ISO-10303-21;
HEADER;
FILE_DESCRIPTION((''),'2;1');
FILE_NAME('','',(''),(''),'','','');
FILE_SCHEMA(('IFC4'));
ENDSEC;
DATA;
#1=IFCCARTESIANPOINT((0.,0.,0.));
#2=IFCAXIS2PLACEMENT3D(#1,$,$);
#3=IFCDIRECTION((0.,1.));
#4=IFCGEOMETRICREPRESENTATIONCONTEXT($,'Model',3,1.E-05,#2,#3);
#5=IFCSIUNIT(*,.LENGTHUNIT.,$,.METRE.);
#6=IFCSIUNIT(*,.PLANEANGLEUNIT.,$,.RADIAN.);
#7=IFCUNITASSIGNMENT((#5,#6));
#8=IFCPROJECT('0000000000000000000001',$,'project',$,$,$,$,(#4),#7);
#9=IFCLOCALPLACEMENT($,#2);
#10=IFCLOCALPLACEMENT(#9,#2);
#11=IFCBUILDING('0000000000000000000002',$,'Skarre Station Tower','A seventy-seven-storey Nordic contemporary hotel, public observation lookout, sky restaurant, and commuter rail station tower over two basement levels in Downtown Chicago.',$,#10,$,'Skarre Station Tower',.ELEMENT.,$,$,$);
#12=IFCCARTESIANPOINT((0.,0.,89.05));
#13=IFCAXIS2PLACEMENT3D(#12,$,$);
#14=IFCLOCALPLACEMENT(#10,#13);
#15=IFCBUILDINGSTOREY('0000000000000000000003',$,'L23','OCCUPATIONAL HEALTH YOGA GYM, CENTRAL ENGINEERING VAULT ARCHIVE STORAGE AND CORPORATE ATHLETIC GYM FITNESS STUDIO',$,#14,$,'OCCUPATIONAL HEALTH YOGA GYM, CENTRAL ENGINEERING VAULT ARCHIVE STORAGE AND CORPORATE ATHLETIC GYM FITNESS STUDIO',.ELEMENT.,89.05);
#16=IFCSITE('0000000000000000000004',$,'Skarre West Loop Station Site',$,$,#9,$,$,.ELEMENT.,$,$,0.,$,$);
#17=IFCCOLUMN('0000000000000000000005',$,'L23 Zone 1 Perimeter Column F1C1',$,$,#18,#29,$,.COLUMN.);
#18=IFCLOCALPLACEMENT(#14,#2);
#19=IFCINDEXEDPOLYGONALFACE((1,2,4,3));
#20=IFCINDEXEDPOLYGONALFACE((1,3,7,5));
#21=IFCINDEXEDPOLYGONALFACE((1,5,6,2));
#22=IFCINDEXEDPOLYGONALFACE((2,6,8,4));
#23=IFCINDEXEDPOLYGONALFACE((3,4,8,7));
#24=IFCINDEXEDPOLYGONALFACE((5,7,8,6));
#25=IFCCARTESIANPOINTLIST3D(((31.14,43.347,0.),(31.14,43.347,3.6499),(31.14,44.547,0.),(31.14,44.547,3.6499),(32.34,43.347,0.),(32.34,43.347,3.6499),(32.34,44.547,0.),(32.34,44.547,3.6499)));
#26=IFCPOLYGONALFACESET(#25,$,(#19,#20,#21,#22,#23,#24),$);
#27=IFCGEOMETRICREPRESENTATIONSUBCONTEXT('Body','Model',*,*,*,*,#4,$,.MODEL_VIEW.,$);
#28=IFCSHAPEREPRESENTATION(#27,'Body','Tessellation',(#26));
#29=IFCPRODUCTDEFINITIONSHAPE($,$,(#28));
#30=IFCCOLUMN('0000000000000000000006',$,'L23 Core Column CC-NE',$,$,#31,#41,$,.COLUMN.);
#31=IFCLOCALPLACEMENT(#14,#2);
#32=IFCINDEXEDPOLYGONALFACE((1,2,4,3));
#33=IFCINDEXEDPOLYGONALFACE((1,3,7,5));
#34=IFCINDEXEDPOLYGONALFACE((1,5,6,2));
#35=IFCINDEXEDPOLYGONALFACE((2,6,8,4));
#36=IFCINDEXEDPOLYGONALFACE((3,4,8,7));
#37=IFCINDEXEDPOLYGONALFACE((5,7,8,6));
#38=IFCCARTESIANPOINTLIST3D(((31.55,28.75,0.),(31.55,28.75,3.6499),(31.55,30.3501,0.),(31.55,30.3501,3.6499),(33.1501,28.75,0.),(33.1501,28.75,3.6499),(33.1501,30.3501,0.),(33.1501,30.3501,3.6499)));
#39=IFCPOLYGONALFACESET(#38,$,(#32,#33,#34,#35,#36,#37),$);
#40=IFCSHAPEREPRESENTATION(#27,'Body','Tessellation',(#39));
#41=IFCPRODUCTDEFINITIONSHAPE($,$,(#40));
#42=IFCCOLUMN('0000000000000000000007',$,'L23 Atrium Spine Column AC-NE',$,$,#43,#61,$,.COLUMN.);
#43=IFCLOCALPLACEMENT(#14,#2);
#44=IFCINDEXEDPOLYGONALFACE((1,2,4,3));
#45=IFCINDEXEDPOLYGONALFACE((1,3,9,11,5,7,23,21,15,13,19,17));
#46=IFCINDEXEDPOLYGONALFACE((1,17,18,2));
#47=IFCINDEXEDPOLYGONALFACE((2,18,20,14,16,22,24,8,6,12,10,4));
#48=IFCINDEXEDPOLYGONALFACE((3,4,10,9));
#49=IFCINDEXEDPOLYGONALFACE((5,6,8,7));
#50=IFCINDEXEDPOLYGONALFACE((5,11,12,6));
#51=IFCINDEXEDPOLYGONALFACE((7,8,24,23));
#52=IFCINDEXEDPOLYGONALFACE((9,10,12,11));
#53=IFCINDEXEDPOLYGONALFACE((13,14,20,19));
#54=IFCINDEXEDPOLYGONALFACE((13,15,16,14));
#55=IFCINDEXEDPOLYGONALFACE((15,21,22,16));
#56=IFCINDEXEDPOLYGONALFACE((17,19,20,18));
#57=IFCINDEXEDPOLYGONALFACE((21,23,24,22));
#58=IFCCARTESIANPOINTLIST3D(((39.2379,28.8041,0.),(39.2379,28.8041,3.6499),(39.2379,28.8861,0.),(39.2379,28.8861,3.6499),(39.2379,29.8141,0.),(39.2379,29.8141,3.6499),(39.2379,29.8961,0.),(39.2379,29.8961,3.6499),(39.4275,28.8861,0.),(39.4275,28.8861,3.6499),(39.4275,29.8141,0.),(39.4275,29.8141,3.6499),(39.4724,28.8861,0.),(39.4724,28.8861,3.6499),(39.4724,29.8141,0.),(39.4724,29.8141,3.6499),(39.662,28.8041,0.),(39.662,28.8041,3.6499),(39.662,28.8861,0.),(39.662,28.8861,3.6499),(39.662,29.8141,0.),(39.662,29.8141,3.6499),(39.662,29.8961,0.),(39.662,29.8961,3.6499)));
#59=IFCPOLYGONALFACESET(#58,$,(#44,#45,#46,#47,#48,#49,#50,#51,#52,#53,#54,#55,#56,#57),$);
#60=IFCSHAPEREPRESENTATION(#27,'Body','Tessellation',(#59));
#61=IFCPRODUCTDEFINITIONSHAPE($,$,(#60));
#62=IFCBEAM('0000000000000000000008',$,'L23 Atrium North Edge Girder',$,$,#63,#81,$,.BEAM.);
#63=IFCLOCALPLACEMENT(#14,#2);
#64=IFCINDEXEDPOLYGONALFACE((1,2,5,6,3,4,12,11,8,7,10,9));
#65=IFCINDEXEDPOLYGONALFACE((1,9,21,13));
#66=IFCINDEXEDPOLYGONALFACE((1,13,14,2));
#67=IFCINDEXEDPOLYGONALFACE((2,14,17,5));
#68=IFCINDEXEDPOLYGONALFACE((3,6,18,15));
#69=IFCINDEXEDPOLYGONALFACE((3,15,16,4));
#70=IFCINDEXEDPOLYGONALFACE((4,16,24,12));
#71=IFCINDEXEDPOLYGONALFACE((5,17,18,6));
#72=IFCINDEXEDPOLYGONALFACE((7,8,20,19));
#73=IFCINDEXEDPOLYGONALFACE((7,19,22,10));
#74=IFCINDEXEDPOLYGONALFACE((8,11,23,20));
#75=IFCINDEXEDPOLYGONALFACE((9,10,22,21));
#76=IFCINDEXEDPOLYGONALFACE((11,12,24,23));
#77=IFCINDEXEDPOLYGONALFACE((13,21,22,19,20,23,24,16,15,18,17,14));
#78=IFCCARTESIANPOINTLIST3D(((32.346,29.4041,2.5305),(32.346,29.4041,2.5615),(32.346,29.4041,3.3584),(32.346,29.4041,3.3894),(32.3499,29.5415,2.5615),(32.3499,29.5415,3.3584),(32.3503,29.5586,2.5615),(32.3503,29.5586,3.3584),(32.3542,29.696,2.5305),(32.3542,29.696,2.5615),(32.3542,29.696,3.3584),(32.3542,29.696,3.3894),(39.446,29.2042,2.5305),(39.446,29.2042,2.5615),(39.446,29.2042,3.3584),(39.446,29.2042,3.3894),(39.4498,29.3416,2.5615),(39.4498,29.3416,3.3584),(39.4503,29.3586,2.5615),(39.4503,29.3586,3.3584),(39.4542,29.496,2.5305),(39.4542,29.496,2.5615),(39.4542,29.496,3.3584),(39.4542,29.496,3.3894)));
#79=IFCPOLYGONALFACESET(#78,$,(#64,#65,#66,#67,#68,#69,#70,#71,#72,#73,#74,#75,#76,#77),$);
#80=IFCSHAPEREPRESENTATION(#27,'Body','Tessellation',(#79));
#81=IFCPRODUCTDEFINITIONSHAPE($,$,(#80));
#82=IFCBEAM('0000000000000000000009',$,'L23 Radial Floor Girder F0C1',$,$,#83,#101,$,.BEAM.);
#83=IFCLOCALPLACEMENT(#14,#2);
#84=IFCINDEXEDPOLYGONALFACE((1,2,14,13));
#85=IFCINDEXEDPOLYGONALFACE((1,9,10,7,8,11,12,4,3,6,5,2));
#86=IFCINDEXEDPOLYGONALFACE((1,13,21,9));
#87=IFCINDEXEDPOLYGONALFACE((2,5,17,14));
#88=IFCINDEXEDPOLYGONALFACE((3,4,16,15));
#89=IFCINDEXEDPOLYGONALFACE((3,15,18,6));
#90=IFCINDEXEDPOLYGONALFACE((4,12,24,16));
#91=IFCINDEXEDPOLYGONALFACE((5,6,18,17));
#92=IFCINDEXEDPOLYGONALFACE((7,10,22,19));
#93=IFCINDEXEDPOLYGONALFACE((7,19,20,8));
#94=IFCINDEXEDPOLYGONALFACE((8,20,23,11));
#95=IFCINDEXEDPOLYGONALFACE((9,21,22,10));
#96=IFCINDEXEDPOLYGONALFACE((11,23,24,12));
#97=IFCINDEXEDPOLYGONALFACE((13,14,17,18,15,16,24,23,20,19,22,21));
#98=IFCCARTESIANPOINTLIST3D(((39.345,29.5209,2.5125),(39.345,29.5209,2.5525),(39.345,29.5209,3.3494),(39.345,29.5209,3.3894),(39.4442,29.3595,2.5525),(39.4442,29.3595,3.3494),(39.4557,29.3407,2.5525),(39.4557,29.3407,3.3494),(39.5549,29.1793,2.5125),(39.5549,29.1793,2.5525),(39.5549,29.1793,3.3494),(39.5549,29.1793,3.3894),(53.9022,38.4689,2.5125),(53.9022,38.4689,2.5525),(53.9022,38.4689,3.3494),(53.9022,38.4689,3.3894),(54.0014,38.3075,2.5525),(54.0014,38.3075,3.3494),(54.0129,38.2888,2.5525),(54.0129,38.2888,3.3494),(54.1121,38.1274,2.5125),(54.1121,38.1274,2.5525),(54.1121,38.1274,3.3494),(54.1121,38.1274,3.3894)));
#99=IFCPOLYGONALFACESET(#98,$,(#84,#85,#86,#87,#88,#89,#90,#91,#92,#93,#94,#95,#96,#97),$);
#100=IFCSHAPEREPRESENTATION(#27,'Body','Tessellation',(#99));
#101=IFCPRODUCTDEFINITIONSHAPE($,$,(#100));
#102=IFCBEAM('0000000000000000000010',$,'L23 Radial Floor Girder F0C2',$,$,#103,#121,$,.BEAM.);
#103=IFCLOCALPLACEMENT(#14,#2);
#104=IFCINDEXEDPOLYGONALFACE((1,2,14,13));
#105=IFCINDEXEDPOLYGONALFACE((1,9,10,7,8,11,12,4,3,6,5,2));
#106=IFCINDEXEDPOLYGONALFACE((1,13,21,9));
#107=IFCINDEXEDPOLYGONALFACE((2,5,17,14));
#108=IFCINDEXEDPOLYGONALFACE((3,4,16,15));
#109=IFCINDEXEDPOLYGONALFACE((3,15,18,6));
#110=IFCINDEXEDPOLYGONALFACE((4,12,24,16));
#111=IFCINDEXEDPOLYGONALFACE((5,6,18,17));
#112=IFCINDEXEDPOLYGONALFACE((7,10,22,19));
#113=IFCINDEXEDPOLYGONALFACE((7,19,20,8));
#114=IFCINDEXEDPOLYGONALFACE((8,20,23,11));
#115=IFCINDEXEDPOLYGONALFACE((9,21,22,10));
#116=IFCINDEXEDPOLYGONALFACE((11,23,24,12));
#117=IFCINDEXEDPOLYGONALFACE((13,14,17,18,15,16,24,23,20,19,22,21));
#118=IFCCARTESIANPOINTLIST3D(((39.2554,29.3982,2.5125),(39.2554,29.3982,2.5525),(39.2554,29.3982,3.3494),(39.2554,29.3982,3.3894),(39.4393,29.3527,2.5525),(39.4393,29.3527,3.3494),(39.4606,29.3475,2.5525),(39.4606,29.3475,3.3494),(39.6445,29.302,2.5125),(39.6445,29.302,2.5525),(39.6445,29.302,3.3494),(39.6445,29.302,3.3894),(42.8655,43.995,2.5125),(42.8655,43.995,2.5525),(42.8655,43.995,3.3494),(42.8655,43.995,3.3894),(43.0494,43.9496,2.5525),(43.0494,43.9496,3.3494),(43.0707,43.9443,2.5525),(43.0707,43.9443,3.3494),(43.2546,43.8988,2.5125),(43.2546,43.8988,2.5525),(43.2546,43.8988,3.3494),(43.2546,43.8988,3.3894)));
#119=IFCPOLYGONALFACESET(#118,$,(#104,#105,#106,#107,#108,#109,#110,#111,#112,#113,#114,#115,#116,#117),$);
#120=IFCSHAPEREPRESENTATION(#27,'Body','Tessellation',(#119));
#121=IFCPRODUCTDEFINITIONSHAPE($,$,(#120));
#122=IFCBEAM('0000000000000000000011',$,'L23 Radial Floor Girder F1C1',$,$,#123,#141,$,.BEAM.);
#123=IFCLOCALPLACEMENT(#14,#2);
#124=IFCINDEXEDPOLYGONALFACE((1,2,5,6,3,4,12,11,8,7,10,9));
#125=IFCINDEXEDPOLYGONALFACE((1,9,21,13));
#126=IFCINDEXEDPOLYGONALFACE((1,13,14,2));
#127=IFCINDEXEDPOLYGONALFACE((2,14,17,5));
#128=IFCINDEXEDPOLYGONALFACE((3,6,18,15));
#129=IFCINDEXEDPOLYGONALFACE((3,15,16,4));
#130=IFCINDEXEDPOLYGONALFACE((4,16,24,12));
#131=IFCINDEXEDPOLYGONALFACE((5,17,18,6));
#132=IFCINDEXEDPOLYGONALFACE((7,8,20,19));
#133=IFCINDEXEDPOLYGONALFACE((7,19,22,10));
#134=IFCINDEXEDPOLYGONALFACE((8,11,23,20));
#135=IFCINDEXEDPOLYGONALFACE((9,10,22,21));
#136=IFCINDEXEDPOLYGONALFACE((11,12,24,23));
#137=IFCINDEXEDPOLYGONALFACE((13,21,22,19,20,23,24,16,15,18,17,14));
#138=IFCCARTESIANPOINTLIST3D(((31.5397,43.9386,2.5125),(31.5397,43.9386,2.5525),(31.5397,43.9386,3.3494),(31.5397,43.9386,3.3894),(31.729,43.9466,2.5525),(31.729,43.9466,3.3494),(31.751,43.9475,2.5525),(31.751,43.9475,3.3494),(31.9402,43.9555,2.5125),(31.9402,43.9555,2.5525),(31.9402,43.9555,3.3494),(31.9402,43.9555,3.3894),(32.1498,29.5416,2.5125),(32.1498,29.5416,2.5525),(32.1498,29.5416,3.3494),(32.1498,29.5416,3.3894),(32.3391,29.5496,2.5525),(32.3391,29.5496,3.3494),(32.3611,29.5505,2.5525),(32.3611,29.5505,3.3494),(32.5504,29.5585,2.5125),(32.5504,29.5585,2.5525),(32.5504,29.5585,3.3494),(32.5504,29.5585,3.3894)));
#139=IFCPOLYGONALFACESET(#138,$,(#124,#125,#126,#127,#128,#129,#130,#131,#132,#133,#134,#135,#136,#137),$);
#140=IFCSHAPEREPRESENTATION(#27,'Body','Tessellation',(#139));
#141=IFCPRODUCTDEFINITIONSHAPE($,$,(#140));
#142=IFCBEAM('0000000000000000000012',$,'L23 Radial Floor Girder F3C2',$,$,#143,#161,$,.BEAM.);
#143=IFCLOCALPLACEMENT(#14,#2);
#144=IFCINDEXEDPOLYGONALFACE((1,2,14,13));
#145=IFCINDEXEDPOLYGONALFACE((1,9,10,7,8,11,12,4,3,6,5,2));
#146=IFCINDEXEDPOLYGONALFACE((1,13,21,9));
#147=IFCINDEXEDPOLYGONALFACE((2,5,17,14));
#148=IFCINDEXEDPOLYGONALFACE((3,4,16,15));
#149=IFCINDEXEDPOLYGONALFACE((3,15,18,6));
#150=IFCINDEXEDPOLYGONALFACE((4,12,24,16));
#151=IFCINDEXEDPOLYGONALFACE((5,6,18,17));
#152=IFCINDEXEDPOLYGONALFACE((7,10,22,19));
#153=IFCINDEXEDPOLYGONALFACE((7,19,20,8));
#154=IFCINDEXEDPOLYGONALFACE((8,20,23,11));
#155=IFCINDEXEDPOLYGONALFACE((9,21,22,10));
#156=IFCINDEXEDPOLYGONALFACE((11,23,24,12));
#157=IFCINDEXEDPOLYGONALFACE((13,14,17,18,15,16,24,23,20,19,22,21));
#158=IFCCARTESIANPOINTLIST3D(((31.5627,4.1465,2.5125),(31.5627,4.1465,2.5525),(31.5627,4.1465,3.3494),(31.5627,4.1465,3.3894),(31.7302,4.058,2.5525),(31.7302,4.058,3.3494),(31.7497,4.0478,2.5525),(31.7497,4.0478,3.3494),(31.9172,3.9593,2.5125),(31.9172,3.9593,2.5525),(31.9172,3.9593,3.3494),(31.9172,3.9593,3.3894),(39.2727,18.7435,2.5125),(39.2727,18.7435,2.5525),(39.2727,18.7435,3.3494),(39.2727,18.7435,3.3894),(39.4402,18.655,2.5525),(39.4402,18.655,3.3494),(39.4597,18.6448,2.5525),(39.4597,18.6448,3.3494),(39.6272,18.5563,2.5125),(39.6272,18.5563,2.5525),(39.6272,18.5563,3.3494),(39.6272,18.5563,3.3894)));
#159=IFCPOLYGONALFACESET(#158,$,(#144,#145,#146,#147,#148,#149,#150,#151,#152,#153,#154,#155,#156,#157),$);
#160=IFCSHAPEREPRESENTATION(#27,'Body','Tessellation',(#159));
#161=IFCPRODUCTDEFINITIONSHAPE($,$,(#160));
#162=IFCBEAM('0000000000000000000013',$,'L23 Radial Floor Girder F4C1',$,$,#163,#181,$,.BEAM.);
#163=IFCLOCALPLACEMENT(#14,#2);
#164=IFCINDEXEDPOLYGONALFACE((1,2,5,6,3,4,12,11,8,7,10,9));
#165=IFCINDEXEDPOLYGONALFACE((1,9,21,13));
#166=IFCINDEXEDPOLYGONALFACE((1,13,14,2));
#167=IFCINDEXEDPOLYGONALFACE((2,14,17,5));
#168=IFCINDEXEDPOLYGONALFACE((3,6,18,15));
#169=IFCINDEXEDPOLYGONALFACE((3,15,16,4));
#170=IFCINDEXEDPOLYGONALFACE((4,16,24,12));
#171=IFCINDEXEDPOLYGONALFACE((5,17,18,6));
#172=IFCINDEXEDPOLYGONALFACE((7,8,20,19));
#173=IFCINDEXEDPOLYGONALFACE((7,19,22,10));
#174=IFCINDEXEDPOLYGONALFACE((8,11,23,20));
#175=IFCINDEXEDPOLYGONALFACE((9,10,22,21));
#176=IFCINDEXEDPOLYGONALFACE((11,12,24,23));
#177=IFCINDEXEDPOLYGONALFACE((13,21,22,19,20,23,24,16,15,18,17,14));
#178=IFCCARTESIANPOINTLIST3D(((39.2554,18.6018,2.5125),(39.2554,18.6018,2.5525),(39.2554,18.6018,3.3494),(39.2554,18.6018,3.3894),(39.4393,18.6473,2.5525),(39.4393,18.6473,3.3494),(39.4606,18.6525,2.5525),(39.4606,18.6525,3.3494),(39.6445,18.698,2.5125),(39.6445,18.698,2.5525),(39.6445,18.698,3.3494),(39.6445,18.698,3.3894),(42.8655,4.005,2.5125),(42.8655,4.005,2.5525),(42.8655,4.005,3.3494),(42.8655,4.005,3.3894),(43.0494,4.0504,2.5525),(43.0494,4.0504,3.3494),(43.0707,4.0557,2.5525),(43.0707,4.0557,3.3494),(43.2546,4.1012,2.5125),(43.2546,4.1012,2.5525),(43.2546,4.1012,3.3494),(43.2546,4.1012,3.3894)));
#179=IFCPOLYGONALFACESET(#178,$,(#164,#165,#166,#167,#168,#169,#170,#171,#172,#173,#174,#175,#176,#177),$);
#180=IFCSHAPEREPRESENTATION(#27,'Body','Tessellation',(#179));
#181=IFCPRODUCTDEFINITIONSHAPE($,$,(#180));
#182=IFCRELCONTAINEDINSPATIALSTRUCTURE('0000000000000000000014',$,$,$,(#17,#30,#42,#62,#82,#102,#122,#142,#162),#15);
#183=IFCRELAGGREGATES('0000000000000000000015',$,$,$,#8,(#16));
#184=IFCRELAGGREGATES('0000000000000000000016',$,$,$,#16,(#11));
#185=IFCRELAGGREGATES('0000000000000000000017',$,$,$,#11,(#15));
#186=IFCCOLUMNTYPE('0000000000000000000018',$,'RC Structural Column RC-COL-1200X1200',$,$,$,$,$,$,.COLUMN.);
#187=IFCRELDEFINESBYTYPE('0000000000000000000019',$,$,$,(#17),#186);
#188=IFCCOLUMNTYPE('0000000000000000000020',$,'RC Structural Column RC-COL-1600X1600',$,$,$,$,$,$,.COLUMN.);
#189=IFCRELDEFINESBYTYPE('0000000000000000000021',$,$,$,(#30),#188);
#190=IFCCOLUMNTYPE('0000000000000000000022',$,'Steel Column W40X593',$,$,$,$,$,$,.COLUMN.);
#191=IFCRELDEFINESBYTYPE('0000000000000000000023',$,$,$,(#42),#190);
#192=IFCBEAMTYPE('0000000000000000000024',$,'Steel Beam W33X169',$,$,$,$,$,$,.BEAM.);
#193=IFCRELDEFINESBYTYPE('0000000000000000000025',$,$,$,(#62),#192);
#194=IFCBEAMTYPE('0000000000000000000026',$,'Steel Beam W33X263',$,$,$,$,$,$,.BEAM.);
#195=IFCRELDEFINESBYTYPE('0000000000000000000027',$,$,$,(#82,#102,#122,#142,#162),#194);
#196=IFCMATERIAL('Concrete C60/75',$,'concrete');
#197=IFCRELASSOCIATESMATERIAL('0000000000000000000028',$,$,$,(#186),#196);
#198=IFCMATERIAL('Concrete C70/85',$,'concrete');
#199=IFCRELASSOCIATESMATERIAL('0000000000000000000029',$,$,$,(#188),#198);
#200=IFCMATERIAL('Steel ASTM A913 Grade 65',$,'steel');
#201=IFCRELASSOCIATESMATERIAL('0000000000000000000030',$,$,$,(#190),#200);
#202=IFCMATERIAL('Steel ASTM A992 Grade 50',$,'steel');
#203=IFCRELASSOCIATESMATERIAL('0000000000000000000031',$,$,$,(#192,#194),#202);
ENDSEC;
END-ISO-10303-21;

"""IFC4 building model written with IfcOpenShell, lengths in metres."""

from ifc_helpers import new_model, si_unit, direction, frame, origin, origin_2d, place, context, subcontext, project, spatial, rectangle, i_section, extrude, material, material_profile, profile_set, type_object, element, save


model = new_model("IFC4")

# Units and contexts
model_context = context("Model", 3, precision=1e-05, world=origin(), true_north=direction((0.0, 1.0)))
body_context = subcontext(model_context, "Body", "Model", "MODEL_VIEW")
ifc_project = project(units=[si_unit("LENGTHUNIT", "METRE"), si_unit("PLANEANGLEUNIT", "RADIAN")], contexts=[model_context])

# Site, building, storey
site_placement = place(None, origin())
site = spatial("IfcSite", under=ifc_project, at=site_placement, Name="Skarre West Loop Station Site", CompositionType="ELEMENT", RefElevation=0.0)
building_placement = place(site_placement, origin())
building = spatial("IfcBuilding", under=site, at=building_placement, Name="Skarre Station Tower", Description="A seventy-seven-storey Nordic contemporary hotel, public observation lookout, sky restaurant, and commuter rail station tower over two basement levels in Downtown Chicago.", LongName="Skarre Station Tower", CompositionType="ELEMENT")
storey_placement = place(building_placement, frame((0.0, 0.0, 89.05)))
storey = spatial("IfcBuildingStorey", under=building, at=storey_placement, Name="L23", Description="OCCUPATIONAL HEALTH YOGA GYM, CENTRAL ENGINEERING VAULT ARCHIVE STORAGE AND CORPORATE ATHLETIC GYM FITNESS STUDIO", LongName="OCCUPATIONAL HEALTH YOGA GYM, CENTRAL ENGINEERING VAULT ARCHIVE STORAGE AND CORPORATE ATHLETIC GYM FITNESS STUDIO", CompositionType="ELEMENT", Elevation=89.05)

# Columns
ifc_material_1 = material(Name="Concrete C60/75", Category="concrete")
ifc_material_profile_1 = material_profile(ifc_material_1, rectangle(XDim=1.2, YDim=1.2, at=origin_2d()), Name="Concrete C60/75")
ifc_profile_set_1 = profile_set([ifc_material_profile_1], Name="Concrete C60/75")
column_type_1 = type_object("IfcColumnType", Name="RC Structural Column RC-COL-1200X1200", PredefinedType="COLUMN", material=ifc_profile_set_1)
column_1_placement = place(storey_placement, frame((31.74, 43.947, 0.0), z_axis=(0.0, 0.0, 1.0), x_axis=(1.0, 0.0, 0.0)))
element("IfcColumn", 1, at=column_1_placement, inside=storey, type_object=column_type_1, Name="L23 Zone 1 Perimeter Column F1C1", PredefinedType="COLUMN", context=body_context, shape_type="SweptSolid", body=[
    extrude(rectangle(XDim=1.2, YDim=1.2, at=origin_2d()), origin(), (0.0, 0.0, 1.0), 3.6499),
])
ifc_material_2 = material(Name="Concrete C70/85", Category="concrete")
ifc_material_profile_2 = material_profile(ifc_material_2, rectangle(XDim=1.6001, YDim=1.6001, at=origin_2d()), Name="Concrete C70/85")
ifc_profile_set_2 = profile_set([ifc_material_profile_2], Name="Concrete C70/85")
column_type_2 = type_object("IfcColumnType", Name="RC Structural Column RC-COL-1600X1600", PredefinedType="COLUMN", material=ifc_profile_set_2)
column_2_placement = place(storey_placement, frame((32.3501, 29.55, 0.0), z_axis=(0.0, 0.0, 1.0), x_axis=(1.0, 0.0, 0.0)))
element("IfcColumn", 2, at=column_2_placement, inside=storey, type_object=column_type_2, Name="L23 Core Column CC-NE", PredefinedType="COLUMN", context=body_context, shape_type="SweptSolid", body=[
    extrude(rectangle(XDim=1.6001, YDim=1.6001, at=origin_2d()), origin(), (0.0, 0.0, 1.0), 3.6499),
])
ifc_material_3 = material(Name="Steel ASTM A913 Grade 65", Category="steel")
ifc_material_profile_3 = material_profile(ifc_material_3, i_section(OverallWidth=0.4241, OverallDepth=1.092, WebThickness=0.0449, FlangeThickness=0.082, at=origin_2d()), Name="Steel ASTM A913 Grade 65")
ifc_profile_set_3 = profile_set([ifc_material_profile_3], Name="Steel ASTM A913 Grade 65")
column_type_3 = type_object("IfcColumnType", Name="Steel Column W40X593", PredefinedType="COLUMN", material=ifc_profile_set_3)
column_3_placement = place(storey_placement, frame((39.45, 29.3501, 0.0), z_axis=(0.0, 0.0, 1.0), x_axis=(1.0, 0.0, 0.0)))
element("IfcColumn", 3, at=column_3_placement, inside=storey, type_object=column_type_3, Name="L23 Atrium Spine Column AC-NE", PredefinedType="COLUMN", context=body_context, shape_type="SweptSolid", body=[
    extrude(i_section(OverallWidth=0.4241, OverallDepth=1.092, WebThickness=0.0449, FlangeThickness=0.082, at=origin_2d()), origin(), (0.0, 0.0, 1.0), 3.6499),
])

# Beams
ifc_material_4 = material(Name="Steel ASTM A992 Grade 50", Category="steel")
ifc_material_profile_4 = material_profile(ifc_material_4, i_section(OverallWidth=0.292, OverallDepth=0.8589, WebThickness=0.0171, FlangeThickness=0.031, at=origin_2d()), Name="Steel ASTM A992 Grade 50")
ifc_profile_set_4 = profile_set([ifc_material_profile_4], Name="Steel ASTM A992 Grade 50")
beam_type_1 = type_object("IfcBeamType", Name="Steel Beam W33X169", PredefinedType="BEAM", material=ifc_profile_set_4)
beam_1_placement = place(storey_placement, frame((32.3501, 29.55, 2.96), z_axis=(0.999604, -0.028152, 0.0), x_axis=(0.028152, 0.999604, 0.0)))
element("IfcBeam", 4, at=beam_1_placement, inside=storey, type_object=beam_type_1, Name="L23 Atrium North Edge Girder", PredefinedType="BEAM", context=body_context, shape_type="SweptSolid", body=[
    extrude(i_section(OverallWidth=0.292, OverallDepth=0.8589, WebThickness=0.0171, FlangeThickness=0.031, at=origin_2d()), origin(), (0.0, 0.0, 1.0), 7.1028),
])
ifc_material_profile_5 = material_profile(ifc_material_4, i_section(OverallWidth=0.4009, OverallDepth=0.877, WebThickness=0.022, FlangeThickness=0.04, at=origin_2d()), Name="Steel ASTM A992 Grade 50")
ifc_profile_set_5 = profile_set([ifc_material_profile_5], Name="Steel ASTM A992 Grade 50")
beam_type_2 = type_object("IfcBeamType", Name="Steel Beam W33X263", PredefinedType="BEAM", material=ifc_profile_set_5)
beam_2_placement = place(storey_placement, frame((39.45, 29.3501, 2.9509), z_axis=(0.851926, 0.523663, 0.0), x_axis=(-0.523663, 0.851926, 0.0)))
element("IfcBeam", 5, at=beam_2_placement, inside=storey, type_object=beam_type_2, Name="L23 Radial Floor Girder F0C1", PredefinedType="BEAM", context=body_context, shape_type="SweptSolid", body=[
    extrude(i_section(OverallWidth=0.4009, OverallDepth=0.877, WebThickness=0.022, FlangeThickness=0.04, at=origin_2d()), origin(), (0.0, 0.0, 1.0), 17.0874),
])
beam_3_placement = place(storey_placement, frame((39.45, 29.3501, 2.9509), z_axis=(0.240086, 0.970752, 0.0), x_axis=(-0.970752, 0.240086, 0.0)))
element("IfcBeam", 6, at=beam_3_placement, inside=storey, type_object=beam_type_2, Name="L23 Radial Floor Girder F0C2", PredefinedType="BEAM", context=body_context, shape_type="SweptSolid", body=[
    extrude(i_section(OverallWidth=0.4009, OverallDepth=0.877, WebThickness=0.022, FlangeThickness=0.04, at=origin_2d()), origin(), (0.0, 0.0, 1.0), 15.0366),
])
beam_4_placement = place(storey_placement, frame((32.3501, 29.55, 2.9509), z_axis=(-0.042339, 0.999103, 0.0), x_axis=(-0.999103, -0.042339, 0.0)))
element("IfcBeam", 7, at=beam_4_placement, inside=storey, type_object=beam_type_2, Name="L23 Radial Floor Girder F1C1", PredefinedType="BEAM", context=body_context, shape_type="SweptSolid", body=[
    extrude(i_section(OverallWidth=0.4009, OverallDepth=0.877, WebThickness=0.022, FlangeThickness=0.04, at=origin_2d()), origin(), (0.0, 0.0, 1.0), 14.4099),
])
beam_5_placement = place(storey_placement, frame((39.45, 18.6499, 2.9509), z_axis=(-0.467044, -0.884234, 0.0), x_axis=(0.884234, -0.467044, 0.0)))
element("IfcBeam", 8, at=beam_5_placement, inside=storey, type_object=beam_type_2, Name="L23 Radial Floor Girder F3C2", PredefinedType="BEAM", context=body_context, shape_type="SweptSolid", body=[
    extrude(i_section(OverallWidth=0.4009, OverallDepth=0.877, WebThickness=0.022, FlangeThickness=0.04, at=origin_2d()), origin(), (0.0, 0.0, 1.0), 16.5081),
])
beam_6_placement = place(storey_placement, frame((39.45, 18.6499, 2.9509), z_axis=(0.240086, -0.970752, 0.0), x_axis=(0.970752, 0.240086, 0.0)))
element("IfcBeam", 9, at=beam_6_placement, inside=storey, type_object=beam_type_2, Name="L23 Radial Floor Girder F4C1", PredefinedType="BEAM", context=body_context, shape_type="SweptSolid", body=[
    extrude(i_section(OverallWidth=0.4009, OverallDepth=0.877, WebThickness=0.022, FlangeThickness=0.04, at=origin_2d()), origin(), (0.0, 0.0, 1.0), 15.0366),
])

save(model, "model.ifc")
